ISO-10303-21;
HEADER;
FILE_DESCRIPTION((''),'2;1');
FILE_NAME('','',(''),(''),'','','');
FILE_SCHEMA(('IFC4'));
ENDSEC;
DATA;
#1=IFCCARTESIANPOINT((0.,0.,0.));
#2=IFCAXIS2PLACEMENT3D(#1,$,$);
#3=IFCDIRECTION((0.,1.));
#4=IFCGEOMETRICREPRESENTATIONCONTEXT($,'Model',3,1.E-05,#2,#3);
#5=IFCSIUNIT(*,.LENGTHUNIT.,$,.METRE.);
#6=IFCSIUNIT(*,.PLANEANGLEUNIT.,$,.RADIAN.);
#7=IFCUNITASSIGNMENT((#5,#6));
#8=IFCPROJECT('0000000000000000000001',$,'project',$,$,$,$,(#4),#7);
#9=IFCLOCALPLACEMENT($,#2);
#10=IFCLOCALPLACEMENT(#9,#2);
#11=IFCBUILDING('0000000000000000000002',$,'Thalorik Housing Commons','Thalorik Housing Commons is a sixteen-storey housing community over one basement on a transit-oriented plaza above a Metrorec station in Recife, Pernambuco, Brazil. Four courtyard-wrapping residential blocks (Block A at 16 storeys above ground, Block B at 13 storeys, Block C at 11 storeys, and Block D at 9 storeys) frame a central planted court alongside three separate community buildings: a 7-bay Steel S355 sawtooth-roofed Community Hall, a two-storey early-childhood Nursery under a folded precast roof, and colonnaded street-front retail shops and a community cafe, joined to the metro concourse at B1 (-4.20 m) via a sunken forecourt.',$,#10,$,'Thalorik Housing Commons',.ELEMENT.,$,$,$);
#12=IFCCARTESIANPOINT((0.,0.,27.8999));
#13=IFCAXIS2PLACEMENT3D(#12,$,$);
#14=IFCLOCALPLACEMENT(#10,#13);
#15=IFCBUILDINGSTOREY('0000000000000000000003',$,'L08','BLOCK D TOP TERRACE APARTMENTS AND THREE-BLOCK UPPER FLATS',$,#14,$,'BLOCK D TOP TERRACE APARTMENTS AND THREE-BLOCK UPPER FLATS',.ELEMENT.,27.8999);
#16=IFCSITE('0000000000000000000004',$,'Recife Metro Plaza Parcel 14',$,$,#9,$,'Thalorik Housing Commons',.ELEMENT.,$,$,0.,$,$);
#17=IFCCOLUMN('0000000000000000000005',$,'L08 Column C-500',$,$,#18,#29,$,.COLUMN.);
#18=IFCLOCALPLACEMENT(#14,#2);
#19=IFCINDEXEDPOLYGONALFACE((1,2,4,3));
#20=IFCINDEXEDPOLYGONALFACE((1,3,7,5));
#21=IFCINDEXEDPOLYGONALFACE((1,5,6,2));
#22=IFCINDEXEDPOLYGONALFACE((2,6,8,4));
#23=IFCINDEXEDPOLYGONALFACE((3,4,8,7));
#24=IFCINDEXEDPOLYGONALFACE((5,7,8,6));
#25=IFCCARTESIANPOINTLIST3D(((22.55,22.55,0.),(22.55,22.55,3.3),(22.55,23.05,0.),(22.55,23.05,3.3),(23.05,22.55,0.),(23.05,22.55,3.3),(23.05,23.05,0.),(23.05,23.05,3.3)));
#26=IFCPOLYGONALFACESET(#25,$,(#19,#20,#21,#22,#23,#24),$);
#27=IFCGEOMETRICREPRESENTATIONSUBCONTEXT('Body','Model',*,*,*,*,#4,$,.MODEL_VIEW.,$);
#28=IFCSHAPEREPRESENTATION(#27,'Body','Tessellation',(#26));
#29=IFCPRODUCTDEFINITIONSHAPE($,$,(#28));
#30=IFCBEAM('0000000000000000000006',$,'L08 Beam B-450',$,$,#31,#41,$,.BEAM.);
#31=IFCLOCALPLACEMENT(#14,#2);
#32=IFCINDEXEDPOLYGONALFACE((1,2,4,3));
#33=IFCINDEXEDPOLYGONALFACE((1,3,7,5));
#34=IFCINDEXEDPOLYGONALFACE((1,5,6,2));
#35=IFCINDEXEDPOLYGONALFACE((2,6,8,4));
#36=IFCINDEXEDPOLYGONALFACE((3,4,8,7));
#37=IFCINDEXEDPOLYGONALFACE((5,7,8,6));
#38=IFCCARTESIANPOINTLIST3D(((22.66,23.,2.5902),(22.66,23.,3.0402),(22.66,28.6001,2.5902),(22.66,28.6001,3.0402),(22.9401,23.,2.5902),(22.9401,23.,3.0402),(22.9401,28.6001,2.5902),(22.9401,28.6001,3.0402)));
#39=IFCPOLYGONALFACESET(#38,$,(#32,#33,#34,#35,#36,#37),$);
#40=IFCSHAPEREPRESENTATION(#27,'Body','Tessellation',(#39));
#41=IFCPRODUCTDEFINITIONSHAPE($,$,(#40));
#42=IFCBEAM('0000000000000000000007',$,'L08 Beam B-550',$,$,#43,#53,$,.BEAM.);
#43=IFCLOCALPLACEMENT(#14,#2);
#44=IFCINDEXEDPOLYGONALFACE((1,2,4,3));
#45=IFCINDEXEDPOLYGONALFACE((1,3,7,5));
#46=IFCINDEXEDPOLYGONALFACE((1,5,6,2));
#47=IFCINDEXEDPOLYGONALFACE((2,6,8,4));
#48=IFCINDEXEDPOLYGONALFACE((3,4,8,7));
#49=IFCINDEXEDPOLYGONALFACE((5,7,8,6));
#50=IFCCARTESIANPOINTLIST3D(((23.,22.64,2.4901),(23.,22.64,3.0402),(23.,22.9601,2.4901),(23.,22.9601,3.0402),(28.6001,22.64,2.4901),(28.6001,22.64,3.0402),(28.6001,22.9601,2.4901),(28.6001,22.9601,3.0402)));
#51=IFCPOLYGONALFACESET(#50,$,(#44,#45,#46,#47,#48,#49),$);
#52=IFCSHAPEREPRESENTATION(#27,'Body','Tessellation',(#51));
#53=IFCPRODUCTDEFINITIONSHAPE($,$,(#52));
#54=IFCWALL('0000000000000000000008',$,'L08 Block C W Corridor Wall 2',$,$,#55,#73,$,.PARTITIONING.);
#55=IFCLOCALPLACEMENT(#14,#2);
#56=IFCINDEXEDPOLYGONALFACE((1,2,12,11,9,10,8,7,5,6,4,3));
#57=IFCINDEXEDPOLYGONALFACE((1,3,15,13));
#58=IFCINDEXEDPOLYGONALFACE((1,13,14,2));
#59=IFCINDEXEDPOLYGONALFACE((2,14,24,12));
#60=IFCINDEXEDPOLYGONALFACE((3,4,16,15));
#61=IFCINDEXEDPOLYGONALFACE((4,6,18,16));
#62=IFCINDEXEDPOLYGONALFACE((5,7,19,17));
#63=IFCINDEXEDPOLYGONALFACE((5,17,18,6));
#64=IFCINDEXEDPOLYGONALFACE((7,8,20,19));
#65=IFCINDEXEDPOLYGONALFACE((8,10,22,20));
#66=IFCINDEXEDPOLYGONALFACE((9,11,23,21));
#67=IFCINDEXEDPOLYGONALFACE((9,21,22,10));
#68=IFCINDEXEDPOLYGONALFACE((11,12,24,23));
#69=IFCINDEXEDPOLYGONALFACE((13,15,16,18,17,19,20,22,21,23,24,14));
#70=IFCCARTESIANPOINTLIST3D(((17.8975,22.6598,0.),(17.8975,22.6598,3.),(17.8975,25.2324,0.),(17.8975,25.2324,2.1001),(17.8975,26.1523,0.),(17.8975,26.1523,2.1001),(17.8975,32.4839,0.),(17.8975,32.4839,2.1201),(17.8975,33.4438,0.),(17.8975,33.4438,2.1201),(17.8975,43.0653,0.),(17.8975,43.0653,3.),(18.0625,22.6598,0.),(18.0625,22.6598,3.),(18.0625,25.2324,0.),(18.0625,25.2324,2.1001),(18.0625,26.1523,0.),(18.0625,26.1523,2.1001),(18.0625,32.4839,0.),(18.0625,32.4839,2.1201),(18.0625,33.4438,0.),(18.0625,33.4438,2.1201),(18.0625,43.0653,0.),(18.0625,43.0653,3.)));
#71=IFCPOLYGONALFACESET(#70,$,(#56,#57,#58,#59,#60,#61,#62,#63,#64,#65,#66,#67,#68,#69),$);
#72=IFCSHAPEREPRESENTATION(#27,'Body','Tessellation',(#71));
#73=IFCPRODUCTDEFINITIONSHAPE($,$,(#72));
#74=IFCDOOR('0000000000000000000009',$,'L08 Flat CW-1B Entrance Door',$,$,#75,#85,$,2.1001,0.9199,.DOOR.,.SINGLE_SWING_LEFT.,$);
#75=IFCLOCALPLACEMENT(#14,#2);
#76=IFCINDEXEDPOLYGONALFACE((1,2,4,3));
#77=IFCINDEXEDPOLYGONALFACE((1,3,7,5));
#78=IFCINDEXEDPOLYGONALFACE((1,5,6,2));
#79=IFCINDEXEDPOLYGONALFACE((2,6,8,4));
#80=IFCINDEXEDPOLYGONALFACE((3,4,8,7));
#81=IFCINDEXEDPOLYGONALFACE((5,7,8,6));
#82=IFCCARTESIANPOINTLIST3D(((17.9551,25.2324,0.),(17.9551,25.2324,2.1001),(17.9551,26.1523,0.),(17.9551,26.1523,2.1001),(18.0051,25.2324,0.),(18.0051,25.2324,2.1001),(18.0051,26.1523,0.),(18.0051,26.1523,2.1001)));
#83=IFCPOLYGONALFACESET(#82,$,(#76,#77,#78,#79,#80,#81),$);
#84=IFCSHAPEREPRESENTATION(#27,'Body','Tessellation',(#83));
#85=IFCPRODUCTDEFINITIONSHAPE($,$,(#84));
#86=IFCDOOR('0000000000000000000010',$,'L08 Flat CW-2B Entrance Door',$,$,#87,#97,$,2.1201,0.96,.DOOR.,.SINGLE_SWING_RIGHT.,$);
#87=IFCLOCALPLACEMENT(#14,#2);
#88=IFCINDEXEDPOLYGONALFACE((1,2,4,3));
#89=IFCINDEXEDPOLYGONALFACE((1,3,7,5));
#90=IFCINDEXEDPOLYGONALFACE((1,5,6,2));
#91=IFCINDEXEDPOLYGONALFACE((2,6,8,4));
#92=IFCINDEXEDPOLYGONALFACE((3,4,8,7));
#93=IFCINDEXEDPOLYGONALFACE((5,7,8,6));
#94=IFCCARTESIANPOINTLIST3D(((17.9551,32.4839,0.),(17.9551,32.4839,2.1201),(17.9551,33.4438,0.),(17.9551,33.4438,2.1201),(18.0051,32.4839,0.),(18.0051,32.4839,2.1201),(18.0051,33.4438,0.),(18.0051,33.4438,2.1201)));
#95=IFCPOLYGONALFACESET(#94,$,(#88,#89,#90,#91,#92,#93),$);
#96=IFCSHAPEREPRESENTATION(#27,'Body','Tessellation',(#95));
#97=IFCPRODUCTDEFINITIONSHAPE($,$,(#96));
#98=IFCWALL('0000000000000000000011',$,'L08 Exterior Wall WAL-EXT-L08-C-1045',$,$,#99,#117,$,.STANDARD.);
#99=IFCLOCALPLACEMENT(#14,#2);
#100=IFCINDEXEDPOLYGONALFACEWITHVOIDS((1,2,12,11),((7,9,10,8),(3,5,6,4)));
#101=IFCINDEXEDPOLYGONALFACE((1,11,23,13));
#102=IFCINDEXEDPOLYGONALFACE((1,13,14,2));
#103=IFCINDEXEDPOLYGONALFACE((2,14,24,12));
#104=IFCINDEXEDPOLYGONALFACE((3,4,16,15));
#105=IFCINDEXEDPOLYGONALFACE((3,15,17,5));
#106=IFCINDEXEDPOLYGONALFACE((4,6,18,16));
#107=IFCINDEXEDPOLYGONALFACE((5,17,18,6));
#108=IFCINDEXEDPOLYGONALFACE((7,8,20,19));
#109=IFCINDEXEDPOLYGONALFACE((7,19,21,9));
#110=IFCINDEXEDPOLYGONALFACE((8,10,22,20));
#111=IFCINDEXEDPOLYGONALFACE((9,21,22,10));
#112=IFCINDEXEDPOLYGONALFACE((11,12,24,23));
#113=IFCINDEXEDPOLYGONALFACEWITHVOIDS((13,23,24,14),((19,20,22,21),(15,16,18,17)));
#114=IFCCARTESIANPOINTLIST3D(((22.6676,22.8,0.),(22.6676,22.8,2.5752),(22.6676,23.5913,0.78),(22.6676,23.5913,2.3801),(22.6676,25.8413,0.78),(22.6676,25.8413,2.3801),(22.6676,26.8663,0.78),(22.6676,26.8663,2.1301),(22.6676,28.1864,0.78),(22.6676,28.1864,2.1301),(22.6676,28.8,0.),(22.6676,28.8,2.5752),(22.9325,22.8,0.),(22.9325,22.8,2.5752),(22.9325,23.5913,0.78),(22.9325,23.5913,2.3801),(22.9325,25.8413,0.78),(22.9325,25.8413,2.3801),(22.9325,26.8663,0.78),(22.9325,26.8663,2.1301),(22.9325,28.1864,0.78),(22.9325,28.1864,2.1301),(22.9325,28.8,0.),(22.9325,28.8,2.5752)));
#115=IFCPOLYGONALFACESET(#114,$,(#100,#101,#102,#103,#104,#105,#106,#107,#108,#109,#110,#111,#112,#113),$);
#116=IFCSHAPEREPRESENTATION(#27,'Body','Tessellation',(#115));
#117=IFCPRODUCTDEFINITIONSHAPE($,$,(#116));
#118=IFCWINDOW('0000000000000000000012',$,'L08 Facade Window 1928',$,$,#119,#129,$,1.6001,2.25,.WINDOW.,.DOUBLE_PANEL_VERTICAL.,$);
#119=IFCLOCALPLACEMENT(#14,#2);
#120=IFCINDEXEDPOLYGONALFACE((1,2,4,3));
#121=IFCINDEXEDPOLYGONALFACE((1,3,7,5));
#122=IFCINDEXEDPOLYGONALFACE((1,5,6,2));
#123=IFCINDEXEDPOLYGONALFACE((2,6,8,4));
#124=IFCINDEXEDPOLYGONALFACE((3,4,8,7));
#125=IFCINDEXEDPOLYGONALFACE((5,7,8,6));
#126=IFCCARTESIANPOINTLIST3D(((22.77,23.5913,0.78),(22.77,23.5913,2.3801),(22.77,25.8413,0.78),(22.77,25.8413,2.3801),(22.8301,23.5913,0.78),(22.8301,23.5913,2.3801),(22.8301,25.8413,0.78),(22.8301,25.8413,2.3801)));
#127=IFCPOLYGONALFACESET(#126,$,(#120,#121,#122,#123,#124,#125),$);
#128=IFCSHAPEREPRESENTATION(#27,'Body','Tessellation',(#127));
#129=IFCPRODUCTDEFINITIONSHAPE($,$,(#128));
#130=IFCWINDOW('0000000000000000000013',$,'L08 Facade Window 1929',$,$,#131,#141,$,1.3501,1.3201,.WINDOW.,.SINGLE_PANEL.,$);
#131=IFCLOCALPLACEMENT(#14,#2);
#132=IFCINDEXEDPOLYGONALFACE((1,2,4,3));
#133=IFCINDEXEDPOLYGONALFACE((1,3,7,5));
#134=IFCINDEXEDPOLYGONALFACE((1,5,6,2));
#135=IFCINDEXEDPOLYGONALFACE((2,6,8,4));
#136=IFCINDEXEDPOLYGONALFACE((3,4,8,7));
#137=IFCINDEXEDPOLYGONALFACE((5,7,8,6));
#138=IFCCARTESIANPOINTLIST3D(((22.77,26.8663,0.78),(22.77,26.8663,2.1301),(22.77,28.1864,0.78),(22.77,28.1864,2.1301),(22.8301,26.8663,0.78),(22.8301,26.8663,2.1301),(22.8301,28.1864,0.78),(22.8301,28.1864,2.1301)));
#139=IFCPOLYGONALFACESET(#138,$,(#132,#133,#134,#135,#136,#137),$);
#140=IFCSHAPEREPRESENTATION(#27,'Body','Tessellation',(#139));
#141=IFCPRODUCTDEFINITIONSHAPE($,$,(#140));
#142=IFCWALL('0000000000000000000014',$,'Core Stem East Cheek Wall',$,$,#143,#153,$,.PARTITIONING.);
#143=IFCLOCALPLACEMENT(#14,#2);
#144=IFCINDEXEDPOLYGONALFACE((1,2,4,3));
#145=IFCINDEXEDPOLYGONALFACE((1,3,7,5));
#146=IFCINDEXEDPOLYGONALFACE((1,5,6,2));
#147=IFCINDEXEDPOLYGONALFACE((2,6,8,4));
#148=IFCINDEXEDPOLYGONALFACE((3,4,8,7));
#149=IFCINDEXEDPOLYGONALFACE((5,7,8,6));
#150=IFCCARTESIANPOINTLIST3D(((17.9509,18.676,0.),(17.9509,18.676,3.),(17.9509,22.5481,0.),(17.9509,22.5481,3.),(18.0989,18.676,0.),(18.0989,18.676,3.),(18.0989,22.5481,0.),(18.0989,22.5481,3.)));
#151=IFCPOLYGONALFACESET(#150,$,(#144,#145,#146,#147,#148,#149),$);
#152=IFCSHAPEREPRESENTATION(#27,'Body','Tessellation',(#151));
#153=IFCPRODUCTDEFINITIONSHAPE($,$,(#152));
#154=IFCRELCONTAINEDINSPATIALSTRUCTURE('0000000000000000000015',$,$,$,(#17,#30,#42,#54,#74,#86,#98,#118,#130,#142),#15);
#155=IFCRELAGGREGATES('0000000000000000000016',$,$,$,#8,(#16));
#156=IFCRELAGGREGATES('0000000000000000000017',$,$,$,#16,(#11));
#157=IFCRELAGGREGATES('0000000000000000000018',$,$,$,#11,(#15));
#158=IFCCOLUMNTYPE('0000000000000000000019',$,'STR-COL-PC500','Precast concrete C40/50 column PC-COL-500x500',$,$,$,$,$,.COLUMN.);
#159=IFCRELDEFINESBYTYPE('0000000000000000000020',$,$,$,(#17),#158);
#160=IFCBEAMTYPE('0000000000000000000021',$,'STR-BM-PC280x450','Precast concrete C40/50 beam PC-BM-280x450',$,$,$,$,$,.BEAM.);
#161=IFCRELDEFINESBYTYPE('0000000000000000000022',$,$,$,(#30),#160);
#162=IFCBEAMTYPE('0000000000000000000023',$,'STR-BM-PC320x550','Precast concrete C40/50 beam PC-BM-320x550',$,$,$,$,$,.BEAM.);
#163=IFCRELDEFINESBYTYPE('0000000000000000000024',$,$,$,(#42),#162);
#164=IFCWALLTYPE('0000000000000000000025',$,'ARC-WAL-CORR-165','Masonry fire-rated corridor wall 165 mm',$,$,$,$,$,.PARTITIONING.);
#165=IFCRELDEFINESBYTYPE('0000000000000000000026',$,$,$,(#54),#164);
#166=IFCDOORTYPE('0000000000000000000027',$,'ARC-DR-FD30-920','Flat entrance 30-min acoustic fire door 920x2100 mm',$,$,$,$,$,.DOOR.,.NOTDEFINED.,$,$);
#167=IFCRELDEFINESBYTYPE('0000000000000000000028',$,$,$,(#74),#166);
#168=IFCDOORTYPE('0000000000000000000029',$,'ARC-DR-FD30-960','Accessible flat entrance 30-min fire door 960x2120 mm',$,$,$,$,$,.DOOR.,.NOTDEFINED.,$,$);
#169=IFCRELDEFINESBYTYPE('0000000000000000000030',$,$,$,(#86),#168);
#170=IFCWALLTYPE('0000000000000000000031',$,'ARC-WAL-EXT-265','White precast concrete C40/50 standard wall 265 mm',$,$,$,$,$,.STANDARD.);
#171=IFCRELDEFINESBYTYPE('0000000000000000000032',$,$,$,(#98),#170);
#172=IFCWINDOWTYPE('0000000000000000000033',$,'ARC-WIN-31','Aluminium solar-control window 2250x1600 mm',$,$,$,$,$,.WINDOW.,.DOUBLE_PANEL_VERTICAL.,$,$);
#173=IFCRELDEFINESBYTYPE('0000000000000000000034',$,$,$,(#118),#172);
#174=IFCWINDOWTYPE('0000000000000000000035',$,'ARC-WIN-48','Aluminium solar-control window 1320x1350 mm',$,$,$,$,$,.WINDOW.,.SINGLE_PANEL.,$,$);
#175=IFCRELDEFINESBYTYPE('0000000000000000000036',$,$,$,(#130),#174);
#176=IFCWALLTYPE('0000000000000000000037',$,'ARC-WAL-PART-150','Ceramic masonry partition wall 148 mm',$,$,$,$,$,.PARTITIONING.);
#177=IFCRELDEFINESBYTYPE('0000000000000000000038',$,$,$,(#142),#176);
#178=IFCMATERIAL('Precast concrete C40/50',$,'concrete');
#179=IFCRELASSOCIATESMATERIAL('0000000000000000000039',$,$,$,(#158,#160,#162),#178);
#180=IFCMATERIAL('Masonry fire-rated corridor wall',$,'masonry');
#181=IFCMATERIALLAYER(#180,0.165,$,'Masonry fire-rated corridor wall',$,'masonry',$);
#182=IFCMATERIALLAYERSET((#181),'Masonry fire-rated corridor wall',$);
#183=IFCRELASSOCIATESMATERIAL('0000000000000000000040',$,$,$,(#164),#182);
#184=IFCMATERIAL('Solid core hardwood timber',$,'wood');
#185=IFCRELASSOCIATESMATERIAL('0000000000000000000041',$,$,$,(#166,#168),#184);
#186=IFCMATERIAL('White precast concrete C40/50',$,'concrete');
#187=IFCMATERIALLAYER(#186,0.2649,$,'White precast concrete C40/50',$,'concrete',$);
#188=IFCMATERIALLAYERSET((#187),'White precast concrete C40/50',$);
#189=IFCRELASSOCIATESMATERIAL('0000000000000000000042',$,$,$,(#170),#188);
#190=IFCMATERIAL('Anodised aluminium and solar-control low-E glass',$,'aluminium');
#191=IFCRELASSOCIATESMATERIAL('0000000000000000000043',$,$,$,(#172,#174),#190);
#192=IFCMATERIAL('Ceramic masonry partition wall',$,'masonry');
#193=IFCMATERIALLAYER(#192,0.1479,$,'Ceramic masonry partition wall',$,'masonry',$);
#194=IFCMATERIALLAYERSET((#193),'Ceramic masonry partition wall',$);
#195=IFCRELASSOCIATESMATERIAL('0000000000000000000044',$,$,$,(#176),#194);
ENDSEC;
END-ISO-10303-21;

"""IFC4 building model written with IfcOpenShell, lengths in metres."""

from ifc_helpers import new_model, si_unit, direction, frame, frame_2d, origin, origin_2d, place, context, subcontext, project, spatial, rectangle, extrude, material, layer, layer_set, material_profile, profile_set, type_object, element, fill, save


model = new_model("IFC4")

# Units and contexts
model_context = context("Model", 3, precision=1e-05, world=origin(), true_north=direction((0.0, 1.0)))
body_context = subcontext(model_context, "Body", "Model", "MODEL_VIEW")
ifc_project = project(units=[si_unit("LENGTHUNIT", "METRE"), si_unit("PLANEANGLEUNIT", "RADIAN")], contexts=[model_context])

# Site, building, storey
site_placement = place(None, origin())
site = spatial("IfcSite", under=ifc_project, at=site_placement, Name="Recife Metro Plaza Parcel 14", LongName="Thalorik Housing Commons", CompositionType="ELEMENT", RefElevation=0.0)
building_placement = place(site_placement, origin())
building = spatial("IfcBuilding", under=site, at=building_placement, Name="Thalorik Housing Commons", Description="Thalorik Housing Commons is a sixteen-storey housing community over one basement on a transit-oriented plaza above a Metrorec station in Recife, Pernambuco, Brazil. Four courtyard-wrapping residential blocks (Block A at 16 storeys above ground, Block B at 13 storeys, Block C at 11 storeys, and Block D at 9 storeys) frame a central planted court alongside three separate community buildings: a 7-bay Steel S355 sawtooth-roofed Community Hall, a two-storey early-childhood Nursery under a folded precast roof, and colonnaded street-front retail shops and a community cafe, joined to the metro concourse at B1 (-4.20 m) via a sunken forecourt.", LongName="Thalorik Housing Commons", CompositionType="ELEMENT")
storey_placement = place(building_placement, frame((0.0, 0.0, 27.8999)))
storey = spatial("IfcBuildingStorey", under=building, at=storey_placement, Name="L08", Description="BLOCK D TOP TERRACE APARTMENTS AND THREE-BLOCK UPPER FLATS", LongName="BLOCK D TOP TERRACE APARTMENTS AND THREE-BLOCK UPPER FLATS", CompositionType="ELEMENT", Elevation=27.8999)

# Column
ifc_material_1 = material(Name="Precast concrete C40/50", Category="concrete")
ifc_material_profile_1 = material_profile(ifc_material_1, rectangle(XDim=0.5, YDim=0.5, at=origin_2d()), Name="PC 500x500", Category="concrete")
ifc_profile_set_1 = profile_set([ifc_material_profile_1], Name="Precast concrete C40/50")
column_type = type_object("IfcColumnType", Name="STR-COL-PC500", Description="Precast concrete C40/50 column PC-COL-500x500", PredefinedType="COLUMN", material=ifc_profile_set_1)
column_placement = place(storey_placement, frame((22.8, 22.8, 0.0), z_axis=(0.0, 0.0, 1.0), x_axis=(1.0, 0.0, 0.0)))
element("IfcColumn", 1, at=column_placement, inside=storey, type_object=column_type, Name="L08 Column C-500", PredefinedType="COLUMN", context=body_context, shape_type="SweptSolid", body=[
    extrude(rectangle(XDim=0.5, YDim=0.5, at=origin_2d()), origin(), (0.0, 0.0, 1.0), 3.3),
])

# Beams
ifc_material_profile_2 = material_profile(ifc_material_1, rectangle(XDim=0.28, YDim=0.45, at=origin_2d()), Name="PC 280x450", Category="concrete")
ifc_profile_set_2 = profile_set([ifc_material_profile_2], Name="Precast concrete C40/50")
beam_type_1 = type_object("IfcBeamType", Name="STR-BM-PC280x450", Description="Precast concrete C40/50 beam PC-BM-280x450", PredefinedType="BEAM", material=ifc_profile_set_2)
beam_1_placement = place(storey_placement, frame((22.8, 23.0, 2.8152), z_axis=(0.0, 1.0, 0.0), x_axis=(-1.0, 0.0, 0.0)))
element("IfcBeam", 2, at=beam_1_placement, inside=storey, type_object=beam_type_1, Name="L08 Beam B-450", PredefinedType="BEAM", context=body_context, shape_type="SweptSolid", body=[
    extrude(rectangle(XDim=0.28, YDim=0.45, at=origin_2d()), origin(), (0.0, 0.0, 1.0), 5.6001),
])
ifc_material_profile_3 = material_profile(ifc_material_1, rectangle(XDim=0.3201, YDim=0.55, at=origin_2d()), Name="PC 320x550", Category="concrete")
ifc_profile_set_3 = profile_set([ifc_material_profile_3], Name="Precast concrete C40/50")
beam_type_2 = type_object("IfcBeamType", Name="STR-BM-PC320x550", Description="Precast concrete C40/50 beam PC-BM-320x550", PredefinedType="BEAM", material=ifc_profile_set_3)
beam_2_placement = place(storey_placement, frame((23.0, 22.8, 2.7651), z_axis=(1.0, 0.0, 0.0), x_axis=(0.0, 1.0, 0.0)))
element("IfcBeam", 3, at=beam_2_placement, inside=storey, type_object=beam_type_2, Name="L08 Beam B-550", PredefinedType="BEAM", context=body_context, shape_type="SweptSolid", body=[
    extrude(rectangle(XDim=0.3201, YDim=0.55, at=origin_2d()), origin(), (0.0, 0.0, 1.0), 5.6001),
])

# Wall, openings, doors
ifc_material_2 = material(Name="Masonry fire-rated corridor wall", Category="masonry")
ifc_layer_1 = layer(ifc_material_2, 0.165, Name="Masonry fire-rated corridor wall", Category="masonry")
ifc_layer_set_1 = layer_set([ifc_layer_1], Name="Masonry fire-rated corridor wall")
wall_type_1 = type_object("IfcWallType", Name="ARC-WAL-CORR-165", Description="Masonry fire-rated corridor wall 165 mm", PredefinedType="PARTITIONING", material=ifc_layer_set_1)
wall_1_placement = place(storey_placement, frame((17.98, 22.6599, 0.0), z_axis=(0.0, 0.0, 1.0), x_axis=(0.0, 1.0, 0.0)))
wall_1 = element("IfcWall", 4, at=wall_1_placement, inside=storey, type_object=wall_type_1, Name="L08 Block C W Corridor Wall 2", PredefinedType="PARTITIONING", context=body_context, shape_type="SweptSolid", body=[
    extrude(rectangle(XDim=20.4055, YDim=0.165, at=frame_2d((10.2026, 0.0))), origin(), (0.0, 0.0, 1.0), 3.0),
])
opening_1_placement = place(wall_1_placement, frame((2.5725, 0.0, 0.0)))
opening_1 = element("IfcOpeningElement", 5, at=opening_1_placement, cuts=wall_1, PredefinedType="OPENING", context=body_context, shape_type="SweptSolid", body=[
    extrude(rectangle(XDim=0.9199, YDim=2.1001, at=frame_2d((0.46, 1.05))), frame((0.0, 0.0925, 0.0), z_axis=(0.0, -1.0, 0.0), x_axis=(1.0, 0.0, 0.0)), (0.0, 0.0, 1.0), 0.1851),
])
opening_2_placement = place(wall_1_placement, frame((9.824, 0.0, 0.0)))
opening_2 = element("IfcOpeningElement", 6, at=opening_2_placement, cuts=wall_1, PredefinedType="OPENING", context=body_context, shape_type="SweptSolid", body=[
    extrude(rectangle(XDim=0.96, YDim=2.1201, at=frame_2d((0.48, 1.0601))), frame((0.0, 0.0925, 0.0), z_axis=(0.0, -1.0, 0.0), x_axis=(1.0, 0.0, 0.0)), (0.0, 0.0, 1.0), 0.1851),
])
ifc_material_3 = material(Name="Solid core hardwood timber", Category="wood")
door_type_1 = type_object("IfcDoorType", Name="ARC-DR-FD30-920", Description="Flat entrance 30-min acoustic fire door 920x2100 mm", OperationType="NOTDEFINED", PredefinedType="DOOR", material=ifc_material_3)
door_1_placement = place(opening_1_placement, origin())
door_1 = element("IfcDoor", 7, at=door_1_placement, inside=storey, type_object=door_type_1, Name="L08 Flat CW-1B Entrance Door", OperationType="SINGLE_SWING_LEFT", OverallHeight=2.1001, OverallWidth=0.9199, PredefinedType="DOOR", context=body_context, shape_type="SweptSolid", body=[
    extrude(rectangle(XDim=0.9199, YDim=2.1001, at=frame_2d((0.46, 1.05))), frame((0.0, 0.0249, 0.0), z_axis=(0.0, -1.0, 0.0), x_axis=(1.0, 0.0, 0.0)), (0.0, 0.0, 1.0), 0.05),
])
fill(opening_1, door_1)
door_type_2 = type_object("IfcDoorType", Name="ARC-DR-FD30-960", Description="Accessible flat entrance 30-min fire door 960x2120 mm", OperationType="NOTDEFINED", PredefinedType="DOOR", material=ifc_material_3)
door_2_placement = place(opening_2_placement, origin())
door_2 = element("IfcDoor", 8, at=door_2_placement, inside=storey, type_object=door_type_2, Name="L08 Flat CW-2B Entrance Door", OperationType="SINGLE_SWING_RIGHT", OverallHeight=2.1201, OverallWidth=0.96, PredefinedType="DOOR", context=body_context, shape_type="SweptSolid", body=[
    extrude(rectangle(XDim=0.96, YDim=2.1201, at=frame_2d((0.48, 1.0601))), frame((0.0, 0.0249, 0.0), z_axis=(0.0, -1.0, 0.0), x_axis=(1.0, 0.0, 0.0)), (0.0, 0.0, 1.0), 0.05),
])
fill(opening_2, door_2)

# Wall, openings, windows
ifc_material_4 = material(Name="White precast concrete C40/50", Category="concrete")
ifc_layer_2 = layer(ifc_material_4, 0.2649, Name="White precast concrete C40/50", Category="concrete")
ifc_layer_set_2 = layer_set([ifc_layer_2], Name="White precast concrete C40/50")
wall_type_2 = type_object("IfcWallType", Name="ARC-WAL-EXT-265", Description="White precast concrete C40/50 standard wall 265 mm", PredefinedType="STANDARD", material=ifc_layer_set_2)
wall_2_placement = place(storey_placement, frame((22.8, 22.8, 0.0), z_axis=(0.0, 0.0, 1.0), x_axis=(0.0, 1.0, 0.0)))
wall_2 = element("IfcWall", 9, at=wall_2_placement, inside=storey, type_object=wall_type_2, Name="L08 Exterior Wall WAL-EXT-L08-C-1045", PredefinedType="STANDARD", context=body_context, shape_type="SweptSolid", body=[
    extrude(rectangle(XDim=6.0, YDim=0.2649, at=frame_2d((3.0, 0.0))), origin(), (0.0, 0.0, 1.0), 2.5752),
])
opening_3_placement = place(wall_2_placement, frame((0.7913, 0.0, 0.78)))
opening_3 = element("IfcOpeningElement", 10, at=opening_3_placement, cuts=wall_2, PredefinedType="OPENING", context=body_context, shape_type="SweptSolid", body=[
    extrude(rectangle(XDim=2.25, YDim=1.6001, at=frame_2d((1.125, 0.8))), frame((0.0, 0.1426, 0.0), z_axis=(0.0, -1.0, 0.0), x_axis=(1.0, 0.0, 0.0)), (0.0, 0.0, 1.0), 0.2849),
])
opening_4_placement = place(wall_2_placement, frame((4.0662, 0.0, 0.78)))
opening_4 = element("IfcOpeningElement", 11, at=opening_4_placement, cuts=wall_2, PredefinedType="OPENING", context=body_context, shape_type="SweptSolid", body=[
    extrude(rectangle(XDim=1.3201, YDim=1.3501, at=frame_2d((0.6602, 0.675))), frame((0.0, 0.1426, 0.0), z_axis=(0.0, -1.0, 0.0), x_axis=(1.0, 0.0, 0.0)), (0.0, 0.0, 1.0), 0.2849),
])
ifc_material_5 = material(Name="Anodised aluminium and solar-control low-E glass", Category="aluminium")
window_type_1 = type_object("IfcWindowType", Name="ARC-WIN-31", Description="Aluminium solar-control window 2250x1600 mm", PartitioningType="DOUBLE_PANEL_VERTICAL", PredefinedType="WINDOW", material=ifc_material_5)
window_1_placement = place(opening_3_placement, origin())
window_1 = element("IfcWindow", 12, at=window_1_placement, inside=storey, type_object=window_type_1, Name="L08 Facade Window 1928", OverallHeight=1.6001, OverallWidth=2.25, PartitioningType="DOUBLE_PANEL_VERTICAL", PredefinedType="WINDOW", context=body_context, shape_type="SweptSolid", body=[
    extrude(rectangle(XDim=2.25, YDim=1.6001, at=frame_2d((1.125, 0.8))), frame((0.0, 0.03, 0.0), z_axis=(0.0, -1.0, 0.0), x_axis=(1.0, 0.0, 0.0)), (0.0, 0.0, 1.0), 0.0601),
])
fill(opening_3, window_1)
window_type_2 = type_object("IfcWindowType", Name="ARC-WIN-48", Description="Aluminium solar-control window 1320x1350 mm", PartitioningType="SINGLE_PANEL", PredefinedType="WINDOW", material=ifc_material_5)
window_2_placement = place(opening_4_placement, origin())
window_2 = element("IfcWindow", 13, at=window_2_placement, inside=storey, type_object=window_type_2, Name="L08 Facade Window 1929", OverallHeight=1.3501, OverallWidth=1.3201, PartitioningType="SINGLE_PANEL", PredefinedType="WINDOW", context=body_context, shape_type="SweptSolid", body=[
    extrude(rectangle(XDim=1.3201, YDim=1.3501, at=frame_2d((0.6602, 0.675))), frame((0.0, 0.03, 0.0), z_axis=(0.0, -1.0, 0.0), x_axis=(1.0, 0.0, 0.0)), (0.0, 0.0, 1.0), 0.0601),
])
fill(opening_4, window_2)

# Wall
ifc_material_6 = material(Name="Ceramic masonry partition wall", Category="masonry")
ifc_layer_3 = layer(ifc_material_6, 0.1479, Name="Ceramic masonry partition wall", Category="masonry")
ifc_layer_set_3 = layer_set([ifc_layer_3], Name="Ceramic masonry partition wall")
wall_type_3 = type_object("IfcWallType", Name="ARC-WAL-PART-150", Description="Ceramic masonry partition wall 148 mm", PredefinedType="PARTITIONING", material=ifc_layer_set_3)
wall_3_placement = place(storey_placement, frame((18.0249, 18.676, 0.0), z_axis=(0.0, 0.0, 1.0), x_axis=(0.0, 1.0, 0.0)))
element("IfcWall", 14, at=wall_3_placement, inside=storey, type_object=wall_type_3, Name="Core Stem East Cheek Wall", PredefinedType="PARTITIONING", context=body_context, shape_type="SweptSolid", body=[
    extrude(rectangle(XDim=3.8721, YDim=0.1479, at=frame_2d((1.936, 0.0))), origin(), (0.0, 0.0, 1.0), 3.0),
])

save(model, "model.ifc")
